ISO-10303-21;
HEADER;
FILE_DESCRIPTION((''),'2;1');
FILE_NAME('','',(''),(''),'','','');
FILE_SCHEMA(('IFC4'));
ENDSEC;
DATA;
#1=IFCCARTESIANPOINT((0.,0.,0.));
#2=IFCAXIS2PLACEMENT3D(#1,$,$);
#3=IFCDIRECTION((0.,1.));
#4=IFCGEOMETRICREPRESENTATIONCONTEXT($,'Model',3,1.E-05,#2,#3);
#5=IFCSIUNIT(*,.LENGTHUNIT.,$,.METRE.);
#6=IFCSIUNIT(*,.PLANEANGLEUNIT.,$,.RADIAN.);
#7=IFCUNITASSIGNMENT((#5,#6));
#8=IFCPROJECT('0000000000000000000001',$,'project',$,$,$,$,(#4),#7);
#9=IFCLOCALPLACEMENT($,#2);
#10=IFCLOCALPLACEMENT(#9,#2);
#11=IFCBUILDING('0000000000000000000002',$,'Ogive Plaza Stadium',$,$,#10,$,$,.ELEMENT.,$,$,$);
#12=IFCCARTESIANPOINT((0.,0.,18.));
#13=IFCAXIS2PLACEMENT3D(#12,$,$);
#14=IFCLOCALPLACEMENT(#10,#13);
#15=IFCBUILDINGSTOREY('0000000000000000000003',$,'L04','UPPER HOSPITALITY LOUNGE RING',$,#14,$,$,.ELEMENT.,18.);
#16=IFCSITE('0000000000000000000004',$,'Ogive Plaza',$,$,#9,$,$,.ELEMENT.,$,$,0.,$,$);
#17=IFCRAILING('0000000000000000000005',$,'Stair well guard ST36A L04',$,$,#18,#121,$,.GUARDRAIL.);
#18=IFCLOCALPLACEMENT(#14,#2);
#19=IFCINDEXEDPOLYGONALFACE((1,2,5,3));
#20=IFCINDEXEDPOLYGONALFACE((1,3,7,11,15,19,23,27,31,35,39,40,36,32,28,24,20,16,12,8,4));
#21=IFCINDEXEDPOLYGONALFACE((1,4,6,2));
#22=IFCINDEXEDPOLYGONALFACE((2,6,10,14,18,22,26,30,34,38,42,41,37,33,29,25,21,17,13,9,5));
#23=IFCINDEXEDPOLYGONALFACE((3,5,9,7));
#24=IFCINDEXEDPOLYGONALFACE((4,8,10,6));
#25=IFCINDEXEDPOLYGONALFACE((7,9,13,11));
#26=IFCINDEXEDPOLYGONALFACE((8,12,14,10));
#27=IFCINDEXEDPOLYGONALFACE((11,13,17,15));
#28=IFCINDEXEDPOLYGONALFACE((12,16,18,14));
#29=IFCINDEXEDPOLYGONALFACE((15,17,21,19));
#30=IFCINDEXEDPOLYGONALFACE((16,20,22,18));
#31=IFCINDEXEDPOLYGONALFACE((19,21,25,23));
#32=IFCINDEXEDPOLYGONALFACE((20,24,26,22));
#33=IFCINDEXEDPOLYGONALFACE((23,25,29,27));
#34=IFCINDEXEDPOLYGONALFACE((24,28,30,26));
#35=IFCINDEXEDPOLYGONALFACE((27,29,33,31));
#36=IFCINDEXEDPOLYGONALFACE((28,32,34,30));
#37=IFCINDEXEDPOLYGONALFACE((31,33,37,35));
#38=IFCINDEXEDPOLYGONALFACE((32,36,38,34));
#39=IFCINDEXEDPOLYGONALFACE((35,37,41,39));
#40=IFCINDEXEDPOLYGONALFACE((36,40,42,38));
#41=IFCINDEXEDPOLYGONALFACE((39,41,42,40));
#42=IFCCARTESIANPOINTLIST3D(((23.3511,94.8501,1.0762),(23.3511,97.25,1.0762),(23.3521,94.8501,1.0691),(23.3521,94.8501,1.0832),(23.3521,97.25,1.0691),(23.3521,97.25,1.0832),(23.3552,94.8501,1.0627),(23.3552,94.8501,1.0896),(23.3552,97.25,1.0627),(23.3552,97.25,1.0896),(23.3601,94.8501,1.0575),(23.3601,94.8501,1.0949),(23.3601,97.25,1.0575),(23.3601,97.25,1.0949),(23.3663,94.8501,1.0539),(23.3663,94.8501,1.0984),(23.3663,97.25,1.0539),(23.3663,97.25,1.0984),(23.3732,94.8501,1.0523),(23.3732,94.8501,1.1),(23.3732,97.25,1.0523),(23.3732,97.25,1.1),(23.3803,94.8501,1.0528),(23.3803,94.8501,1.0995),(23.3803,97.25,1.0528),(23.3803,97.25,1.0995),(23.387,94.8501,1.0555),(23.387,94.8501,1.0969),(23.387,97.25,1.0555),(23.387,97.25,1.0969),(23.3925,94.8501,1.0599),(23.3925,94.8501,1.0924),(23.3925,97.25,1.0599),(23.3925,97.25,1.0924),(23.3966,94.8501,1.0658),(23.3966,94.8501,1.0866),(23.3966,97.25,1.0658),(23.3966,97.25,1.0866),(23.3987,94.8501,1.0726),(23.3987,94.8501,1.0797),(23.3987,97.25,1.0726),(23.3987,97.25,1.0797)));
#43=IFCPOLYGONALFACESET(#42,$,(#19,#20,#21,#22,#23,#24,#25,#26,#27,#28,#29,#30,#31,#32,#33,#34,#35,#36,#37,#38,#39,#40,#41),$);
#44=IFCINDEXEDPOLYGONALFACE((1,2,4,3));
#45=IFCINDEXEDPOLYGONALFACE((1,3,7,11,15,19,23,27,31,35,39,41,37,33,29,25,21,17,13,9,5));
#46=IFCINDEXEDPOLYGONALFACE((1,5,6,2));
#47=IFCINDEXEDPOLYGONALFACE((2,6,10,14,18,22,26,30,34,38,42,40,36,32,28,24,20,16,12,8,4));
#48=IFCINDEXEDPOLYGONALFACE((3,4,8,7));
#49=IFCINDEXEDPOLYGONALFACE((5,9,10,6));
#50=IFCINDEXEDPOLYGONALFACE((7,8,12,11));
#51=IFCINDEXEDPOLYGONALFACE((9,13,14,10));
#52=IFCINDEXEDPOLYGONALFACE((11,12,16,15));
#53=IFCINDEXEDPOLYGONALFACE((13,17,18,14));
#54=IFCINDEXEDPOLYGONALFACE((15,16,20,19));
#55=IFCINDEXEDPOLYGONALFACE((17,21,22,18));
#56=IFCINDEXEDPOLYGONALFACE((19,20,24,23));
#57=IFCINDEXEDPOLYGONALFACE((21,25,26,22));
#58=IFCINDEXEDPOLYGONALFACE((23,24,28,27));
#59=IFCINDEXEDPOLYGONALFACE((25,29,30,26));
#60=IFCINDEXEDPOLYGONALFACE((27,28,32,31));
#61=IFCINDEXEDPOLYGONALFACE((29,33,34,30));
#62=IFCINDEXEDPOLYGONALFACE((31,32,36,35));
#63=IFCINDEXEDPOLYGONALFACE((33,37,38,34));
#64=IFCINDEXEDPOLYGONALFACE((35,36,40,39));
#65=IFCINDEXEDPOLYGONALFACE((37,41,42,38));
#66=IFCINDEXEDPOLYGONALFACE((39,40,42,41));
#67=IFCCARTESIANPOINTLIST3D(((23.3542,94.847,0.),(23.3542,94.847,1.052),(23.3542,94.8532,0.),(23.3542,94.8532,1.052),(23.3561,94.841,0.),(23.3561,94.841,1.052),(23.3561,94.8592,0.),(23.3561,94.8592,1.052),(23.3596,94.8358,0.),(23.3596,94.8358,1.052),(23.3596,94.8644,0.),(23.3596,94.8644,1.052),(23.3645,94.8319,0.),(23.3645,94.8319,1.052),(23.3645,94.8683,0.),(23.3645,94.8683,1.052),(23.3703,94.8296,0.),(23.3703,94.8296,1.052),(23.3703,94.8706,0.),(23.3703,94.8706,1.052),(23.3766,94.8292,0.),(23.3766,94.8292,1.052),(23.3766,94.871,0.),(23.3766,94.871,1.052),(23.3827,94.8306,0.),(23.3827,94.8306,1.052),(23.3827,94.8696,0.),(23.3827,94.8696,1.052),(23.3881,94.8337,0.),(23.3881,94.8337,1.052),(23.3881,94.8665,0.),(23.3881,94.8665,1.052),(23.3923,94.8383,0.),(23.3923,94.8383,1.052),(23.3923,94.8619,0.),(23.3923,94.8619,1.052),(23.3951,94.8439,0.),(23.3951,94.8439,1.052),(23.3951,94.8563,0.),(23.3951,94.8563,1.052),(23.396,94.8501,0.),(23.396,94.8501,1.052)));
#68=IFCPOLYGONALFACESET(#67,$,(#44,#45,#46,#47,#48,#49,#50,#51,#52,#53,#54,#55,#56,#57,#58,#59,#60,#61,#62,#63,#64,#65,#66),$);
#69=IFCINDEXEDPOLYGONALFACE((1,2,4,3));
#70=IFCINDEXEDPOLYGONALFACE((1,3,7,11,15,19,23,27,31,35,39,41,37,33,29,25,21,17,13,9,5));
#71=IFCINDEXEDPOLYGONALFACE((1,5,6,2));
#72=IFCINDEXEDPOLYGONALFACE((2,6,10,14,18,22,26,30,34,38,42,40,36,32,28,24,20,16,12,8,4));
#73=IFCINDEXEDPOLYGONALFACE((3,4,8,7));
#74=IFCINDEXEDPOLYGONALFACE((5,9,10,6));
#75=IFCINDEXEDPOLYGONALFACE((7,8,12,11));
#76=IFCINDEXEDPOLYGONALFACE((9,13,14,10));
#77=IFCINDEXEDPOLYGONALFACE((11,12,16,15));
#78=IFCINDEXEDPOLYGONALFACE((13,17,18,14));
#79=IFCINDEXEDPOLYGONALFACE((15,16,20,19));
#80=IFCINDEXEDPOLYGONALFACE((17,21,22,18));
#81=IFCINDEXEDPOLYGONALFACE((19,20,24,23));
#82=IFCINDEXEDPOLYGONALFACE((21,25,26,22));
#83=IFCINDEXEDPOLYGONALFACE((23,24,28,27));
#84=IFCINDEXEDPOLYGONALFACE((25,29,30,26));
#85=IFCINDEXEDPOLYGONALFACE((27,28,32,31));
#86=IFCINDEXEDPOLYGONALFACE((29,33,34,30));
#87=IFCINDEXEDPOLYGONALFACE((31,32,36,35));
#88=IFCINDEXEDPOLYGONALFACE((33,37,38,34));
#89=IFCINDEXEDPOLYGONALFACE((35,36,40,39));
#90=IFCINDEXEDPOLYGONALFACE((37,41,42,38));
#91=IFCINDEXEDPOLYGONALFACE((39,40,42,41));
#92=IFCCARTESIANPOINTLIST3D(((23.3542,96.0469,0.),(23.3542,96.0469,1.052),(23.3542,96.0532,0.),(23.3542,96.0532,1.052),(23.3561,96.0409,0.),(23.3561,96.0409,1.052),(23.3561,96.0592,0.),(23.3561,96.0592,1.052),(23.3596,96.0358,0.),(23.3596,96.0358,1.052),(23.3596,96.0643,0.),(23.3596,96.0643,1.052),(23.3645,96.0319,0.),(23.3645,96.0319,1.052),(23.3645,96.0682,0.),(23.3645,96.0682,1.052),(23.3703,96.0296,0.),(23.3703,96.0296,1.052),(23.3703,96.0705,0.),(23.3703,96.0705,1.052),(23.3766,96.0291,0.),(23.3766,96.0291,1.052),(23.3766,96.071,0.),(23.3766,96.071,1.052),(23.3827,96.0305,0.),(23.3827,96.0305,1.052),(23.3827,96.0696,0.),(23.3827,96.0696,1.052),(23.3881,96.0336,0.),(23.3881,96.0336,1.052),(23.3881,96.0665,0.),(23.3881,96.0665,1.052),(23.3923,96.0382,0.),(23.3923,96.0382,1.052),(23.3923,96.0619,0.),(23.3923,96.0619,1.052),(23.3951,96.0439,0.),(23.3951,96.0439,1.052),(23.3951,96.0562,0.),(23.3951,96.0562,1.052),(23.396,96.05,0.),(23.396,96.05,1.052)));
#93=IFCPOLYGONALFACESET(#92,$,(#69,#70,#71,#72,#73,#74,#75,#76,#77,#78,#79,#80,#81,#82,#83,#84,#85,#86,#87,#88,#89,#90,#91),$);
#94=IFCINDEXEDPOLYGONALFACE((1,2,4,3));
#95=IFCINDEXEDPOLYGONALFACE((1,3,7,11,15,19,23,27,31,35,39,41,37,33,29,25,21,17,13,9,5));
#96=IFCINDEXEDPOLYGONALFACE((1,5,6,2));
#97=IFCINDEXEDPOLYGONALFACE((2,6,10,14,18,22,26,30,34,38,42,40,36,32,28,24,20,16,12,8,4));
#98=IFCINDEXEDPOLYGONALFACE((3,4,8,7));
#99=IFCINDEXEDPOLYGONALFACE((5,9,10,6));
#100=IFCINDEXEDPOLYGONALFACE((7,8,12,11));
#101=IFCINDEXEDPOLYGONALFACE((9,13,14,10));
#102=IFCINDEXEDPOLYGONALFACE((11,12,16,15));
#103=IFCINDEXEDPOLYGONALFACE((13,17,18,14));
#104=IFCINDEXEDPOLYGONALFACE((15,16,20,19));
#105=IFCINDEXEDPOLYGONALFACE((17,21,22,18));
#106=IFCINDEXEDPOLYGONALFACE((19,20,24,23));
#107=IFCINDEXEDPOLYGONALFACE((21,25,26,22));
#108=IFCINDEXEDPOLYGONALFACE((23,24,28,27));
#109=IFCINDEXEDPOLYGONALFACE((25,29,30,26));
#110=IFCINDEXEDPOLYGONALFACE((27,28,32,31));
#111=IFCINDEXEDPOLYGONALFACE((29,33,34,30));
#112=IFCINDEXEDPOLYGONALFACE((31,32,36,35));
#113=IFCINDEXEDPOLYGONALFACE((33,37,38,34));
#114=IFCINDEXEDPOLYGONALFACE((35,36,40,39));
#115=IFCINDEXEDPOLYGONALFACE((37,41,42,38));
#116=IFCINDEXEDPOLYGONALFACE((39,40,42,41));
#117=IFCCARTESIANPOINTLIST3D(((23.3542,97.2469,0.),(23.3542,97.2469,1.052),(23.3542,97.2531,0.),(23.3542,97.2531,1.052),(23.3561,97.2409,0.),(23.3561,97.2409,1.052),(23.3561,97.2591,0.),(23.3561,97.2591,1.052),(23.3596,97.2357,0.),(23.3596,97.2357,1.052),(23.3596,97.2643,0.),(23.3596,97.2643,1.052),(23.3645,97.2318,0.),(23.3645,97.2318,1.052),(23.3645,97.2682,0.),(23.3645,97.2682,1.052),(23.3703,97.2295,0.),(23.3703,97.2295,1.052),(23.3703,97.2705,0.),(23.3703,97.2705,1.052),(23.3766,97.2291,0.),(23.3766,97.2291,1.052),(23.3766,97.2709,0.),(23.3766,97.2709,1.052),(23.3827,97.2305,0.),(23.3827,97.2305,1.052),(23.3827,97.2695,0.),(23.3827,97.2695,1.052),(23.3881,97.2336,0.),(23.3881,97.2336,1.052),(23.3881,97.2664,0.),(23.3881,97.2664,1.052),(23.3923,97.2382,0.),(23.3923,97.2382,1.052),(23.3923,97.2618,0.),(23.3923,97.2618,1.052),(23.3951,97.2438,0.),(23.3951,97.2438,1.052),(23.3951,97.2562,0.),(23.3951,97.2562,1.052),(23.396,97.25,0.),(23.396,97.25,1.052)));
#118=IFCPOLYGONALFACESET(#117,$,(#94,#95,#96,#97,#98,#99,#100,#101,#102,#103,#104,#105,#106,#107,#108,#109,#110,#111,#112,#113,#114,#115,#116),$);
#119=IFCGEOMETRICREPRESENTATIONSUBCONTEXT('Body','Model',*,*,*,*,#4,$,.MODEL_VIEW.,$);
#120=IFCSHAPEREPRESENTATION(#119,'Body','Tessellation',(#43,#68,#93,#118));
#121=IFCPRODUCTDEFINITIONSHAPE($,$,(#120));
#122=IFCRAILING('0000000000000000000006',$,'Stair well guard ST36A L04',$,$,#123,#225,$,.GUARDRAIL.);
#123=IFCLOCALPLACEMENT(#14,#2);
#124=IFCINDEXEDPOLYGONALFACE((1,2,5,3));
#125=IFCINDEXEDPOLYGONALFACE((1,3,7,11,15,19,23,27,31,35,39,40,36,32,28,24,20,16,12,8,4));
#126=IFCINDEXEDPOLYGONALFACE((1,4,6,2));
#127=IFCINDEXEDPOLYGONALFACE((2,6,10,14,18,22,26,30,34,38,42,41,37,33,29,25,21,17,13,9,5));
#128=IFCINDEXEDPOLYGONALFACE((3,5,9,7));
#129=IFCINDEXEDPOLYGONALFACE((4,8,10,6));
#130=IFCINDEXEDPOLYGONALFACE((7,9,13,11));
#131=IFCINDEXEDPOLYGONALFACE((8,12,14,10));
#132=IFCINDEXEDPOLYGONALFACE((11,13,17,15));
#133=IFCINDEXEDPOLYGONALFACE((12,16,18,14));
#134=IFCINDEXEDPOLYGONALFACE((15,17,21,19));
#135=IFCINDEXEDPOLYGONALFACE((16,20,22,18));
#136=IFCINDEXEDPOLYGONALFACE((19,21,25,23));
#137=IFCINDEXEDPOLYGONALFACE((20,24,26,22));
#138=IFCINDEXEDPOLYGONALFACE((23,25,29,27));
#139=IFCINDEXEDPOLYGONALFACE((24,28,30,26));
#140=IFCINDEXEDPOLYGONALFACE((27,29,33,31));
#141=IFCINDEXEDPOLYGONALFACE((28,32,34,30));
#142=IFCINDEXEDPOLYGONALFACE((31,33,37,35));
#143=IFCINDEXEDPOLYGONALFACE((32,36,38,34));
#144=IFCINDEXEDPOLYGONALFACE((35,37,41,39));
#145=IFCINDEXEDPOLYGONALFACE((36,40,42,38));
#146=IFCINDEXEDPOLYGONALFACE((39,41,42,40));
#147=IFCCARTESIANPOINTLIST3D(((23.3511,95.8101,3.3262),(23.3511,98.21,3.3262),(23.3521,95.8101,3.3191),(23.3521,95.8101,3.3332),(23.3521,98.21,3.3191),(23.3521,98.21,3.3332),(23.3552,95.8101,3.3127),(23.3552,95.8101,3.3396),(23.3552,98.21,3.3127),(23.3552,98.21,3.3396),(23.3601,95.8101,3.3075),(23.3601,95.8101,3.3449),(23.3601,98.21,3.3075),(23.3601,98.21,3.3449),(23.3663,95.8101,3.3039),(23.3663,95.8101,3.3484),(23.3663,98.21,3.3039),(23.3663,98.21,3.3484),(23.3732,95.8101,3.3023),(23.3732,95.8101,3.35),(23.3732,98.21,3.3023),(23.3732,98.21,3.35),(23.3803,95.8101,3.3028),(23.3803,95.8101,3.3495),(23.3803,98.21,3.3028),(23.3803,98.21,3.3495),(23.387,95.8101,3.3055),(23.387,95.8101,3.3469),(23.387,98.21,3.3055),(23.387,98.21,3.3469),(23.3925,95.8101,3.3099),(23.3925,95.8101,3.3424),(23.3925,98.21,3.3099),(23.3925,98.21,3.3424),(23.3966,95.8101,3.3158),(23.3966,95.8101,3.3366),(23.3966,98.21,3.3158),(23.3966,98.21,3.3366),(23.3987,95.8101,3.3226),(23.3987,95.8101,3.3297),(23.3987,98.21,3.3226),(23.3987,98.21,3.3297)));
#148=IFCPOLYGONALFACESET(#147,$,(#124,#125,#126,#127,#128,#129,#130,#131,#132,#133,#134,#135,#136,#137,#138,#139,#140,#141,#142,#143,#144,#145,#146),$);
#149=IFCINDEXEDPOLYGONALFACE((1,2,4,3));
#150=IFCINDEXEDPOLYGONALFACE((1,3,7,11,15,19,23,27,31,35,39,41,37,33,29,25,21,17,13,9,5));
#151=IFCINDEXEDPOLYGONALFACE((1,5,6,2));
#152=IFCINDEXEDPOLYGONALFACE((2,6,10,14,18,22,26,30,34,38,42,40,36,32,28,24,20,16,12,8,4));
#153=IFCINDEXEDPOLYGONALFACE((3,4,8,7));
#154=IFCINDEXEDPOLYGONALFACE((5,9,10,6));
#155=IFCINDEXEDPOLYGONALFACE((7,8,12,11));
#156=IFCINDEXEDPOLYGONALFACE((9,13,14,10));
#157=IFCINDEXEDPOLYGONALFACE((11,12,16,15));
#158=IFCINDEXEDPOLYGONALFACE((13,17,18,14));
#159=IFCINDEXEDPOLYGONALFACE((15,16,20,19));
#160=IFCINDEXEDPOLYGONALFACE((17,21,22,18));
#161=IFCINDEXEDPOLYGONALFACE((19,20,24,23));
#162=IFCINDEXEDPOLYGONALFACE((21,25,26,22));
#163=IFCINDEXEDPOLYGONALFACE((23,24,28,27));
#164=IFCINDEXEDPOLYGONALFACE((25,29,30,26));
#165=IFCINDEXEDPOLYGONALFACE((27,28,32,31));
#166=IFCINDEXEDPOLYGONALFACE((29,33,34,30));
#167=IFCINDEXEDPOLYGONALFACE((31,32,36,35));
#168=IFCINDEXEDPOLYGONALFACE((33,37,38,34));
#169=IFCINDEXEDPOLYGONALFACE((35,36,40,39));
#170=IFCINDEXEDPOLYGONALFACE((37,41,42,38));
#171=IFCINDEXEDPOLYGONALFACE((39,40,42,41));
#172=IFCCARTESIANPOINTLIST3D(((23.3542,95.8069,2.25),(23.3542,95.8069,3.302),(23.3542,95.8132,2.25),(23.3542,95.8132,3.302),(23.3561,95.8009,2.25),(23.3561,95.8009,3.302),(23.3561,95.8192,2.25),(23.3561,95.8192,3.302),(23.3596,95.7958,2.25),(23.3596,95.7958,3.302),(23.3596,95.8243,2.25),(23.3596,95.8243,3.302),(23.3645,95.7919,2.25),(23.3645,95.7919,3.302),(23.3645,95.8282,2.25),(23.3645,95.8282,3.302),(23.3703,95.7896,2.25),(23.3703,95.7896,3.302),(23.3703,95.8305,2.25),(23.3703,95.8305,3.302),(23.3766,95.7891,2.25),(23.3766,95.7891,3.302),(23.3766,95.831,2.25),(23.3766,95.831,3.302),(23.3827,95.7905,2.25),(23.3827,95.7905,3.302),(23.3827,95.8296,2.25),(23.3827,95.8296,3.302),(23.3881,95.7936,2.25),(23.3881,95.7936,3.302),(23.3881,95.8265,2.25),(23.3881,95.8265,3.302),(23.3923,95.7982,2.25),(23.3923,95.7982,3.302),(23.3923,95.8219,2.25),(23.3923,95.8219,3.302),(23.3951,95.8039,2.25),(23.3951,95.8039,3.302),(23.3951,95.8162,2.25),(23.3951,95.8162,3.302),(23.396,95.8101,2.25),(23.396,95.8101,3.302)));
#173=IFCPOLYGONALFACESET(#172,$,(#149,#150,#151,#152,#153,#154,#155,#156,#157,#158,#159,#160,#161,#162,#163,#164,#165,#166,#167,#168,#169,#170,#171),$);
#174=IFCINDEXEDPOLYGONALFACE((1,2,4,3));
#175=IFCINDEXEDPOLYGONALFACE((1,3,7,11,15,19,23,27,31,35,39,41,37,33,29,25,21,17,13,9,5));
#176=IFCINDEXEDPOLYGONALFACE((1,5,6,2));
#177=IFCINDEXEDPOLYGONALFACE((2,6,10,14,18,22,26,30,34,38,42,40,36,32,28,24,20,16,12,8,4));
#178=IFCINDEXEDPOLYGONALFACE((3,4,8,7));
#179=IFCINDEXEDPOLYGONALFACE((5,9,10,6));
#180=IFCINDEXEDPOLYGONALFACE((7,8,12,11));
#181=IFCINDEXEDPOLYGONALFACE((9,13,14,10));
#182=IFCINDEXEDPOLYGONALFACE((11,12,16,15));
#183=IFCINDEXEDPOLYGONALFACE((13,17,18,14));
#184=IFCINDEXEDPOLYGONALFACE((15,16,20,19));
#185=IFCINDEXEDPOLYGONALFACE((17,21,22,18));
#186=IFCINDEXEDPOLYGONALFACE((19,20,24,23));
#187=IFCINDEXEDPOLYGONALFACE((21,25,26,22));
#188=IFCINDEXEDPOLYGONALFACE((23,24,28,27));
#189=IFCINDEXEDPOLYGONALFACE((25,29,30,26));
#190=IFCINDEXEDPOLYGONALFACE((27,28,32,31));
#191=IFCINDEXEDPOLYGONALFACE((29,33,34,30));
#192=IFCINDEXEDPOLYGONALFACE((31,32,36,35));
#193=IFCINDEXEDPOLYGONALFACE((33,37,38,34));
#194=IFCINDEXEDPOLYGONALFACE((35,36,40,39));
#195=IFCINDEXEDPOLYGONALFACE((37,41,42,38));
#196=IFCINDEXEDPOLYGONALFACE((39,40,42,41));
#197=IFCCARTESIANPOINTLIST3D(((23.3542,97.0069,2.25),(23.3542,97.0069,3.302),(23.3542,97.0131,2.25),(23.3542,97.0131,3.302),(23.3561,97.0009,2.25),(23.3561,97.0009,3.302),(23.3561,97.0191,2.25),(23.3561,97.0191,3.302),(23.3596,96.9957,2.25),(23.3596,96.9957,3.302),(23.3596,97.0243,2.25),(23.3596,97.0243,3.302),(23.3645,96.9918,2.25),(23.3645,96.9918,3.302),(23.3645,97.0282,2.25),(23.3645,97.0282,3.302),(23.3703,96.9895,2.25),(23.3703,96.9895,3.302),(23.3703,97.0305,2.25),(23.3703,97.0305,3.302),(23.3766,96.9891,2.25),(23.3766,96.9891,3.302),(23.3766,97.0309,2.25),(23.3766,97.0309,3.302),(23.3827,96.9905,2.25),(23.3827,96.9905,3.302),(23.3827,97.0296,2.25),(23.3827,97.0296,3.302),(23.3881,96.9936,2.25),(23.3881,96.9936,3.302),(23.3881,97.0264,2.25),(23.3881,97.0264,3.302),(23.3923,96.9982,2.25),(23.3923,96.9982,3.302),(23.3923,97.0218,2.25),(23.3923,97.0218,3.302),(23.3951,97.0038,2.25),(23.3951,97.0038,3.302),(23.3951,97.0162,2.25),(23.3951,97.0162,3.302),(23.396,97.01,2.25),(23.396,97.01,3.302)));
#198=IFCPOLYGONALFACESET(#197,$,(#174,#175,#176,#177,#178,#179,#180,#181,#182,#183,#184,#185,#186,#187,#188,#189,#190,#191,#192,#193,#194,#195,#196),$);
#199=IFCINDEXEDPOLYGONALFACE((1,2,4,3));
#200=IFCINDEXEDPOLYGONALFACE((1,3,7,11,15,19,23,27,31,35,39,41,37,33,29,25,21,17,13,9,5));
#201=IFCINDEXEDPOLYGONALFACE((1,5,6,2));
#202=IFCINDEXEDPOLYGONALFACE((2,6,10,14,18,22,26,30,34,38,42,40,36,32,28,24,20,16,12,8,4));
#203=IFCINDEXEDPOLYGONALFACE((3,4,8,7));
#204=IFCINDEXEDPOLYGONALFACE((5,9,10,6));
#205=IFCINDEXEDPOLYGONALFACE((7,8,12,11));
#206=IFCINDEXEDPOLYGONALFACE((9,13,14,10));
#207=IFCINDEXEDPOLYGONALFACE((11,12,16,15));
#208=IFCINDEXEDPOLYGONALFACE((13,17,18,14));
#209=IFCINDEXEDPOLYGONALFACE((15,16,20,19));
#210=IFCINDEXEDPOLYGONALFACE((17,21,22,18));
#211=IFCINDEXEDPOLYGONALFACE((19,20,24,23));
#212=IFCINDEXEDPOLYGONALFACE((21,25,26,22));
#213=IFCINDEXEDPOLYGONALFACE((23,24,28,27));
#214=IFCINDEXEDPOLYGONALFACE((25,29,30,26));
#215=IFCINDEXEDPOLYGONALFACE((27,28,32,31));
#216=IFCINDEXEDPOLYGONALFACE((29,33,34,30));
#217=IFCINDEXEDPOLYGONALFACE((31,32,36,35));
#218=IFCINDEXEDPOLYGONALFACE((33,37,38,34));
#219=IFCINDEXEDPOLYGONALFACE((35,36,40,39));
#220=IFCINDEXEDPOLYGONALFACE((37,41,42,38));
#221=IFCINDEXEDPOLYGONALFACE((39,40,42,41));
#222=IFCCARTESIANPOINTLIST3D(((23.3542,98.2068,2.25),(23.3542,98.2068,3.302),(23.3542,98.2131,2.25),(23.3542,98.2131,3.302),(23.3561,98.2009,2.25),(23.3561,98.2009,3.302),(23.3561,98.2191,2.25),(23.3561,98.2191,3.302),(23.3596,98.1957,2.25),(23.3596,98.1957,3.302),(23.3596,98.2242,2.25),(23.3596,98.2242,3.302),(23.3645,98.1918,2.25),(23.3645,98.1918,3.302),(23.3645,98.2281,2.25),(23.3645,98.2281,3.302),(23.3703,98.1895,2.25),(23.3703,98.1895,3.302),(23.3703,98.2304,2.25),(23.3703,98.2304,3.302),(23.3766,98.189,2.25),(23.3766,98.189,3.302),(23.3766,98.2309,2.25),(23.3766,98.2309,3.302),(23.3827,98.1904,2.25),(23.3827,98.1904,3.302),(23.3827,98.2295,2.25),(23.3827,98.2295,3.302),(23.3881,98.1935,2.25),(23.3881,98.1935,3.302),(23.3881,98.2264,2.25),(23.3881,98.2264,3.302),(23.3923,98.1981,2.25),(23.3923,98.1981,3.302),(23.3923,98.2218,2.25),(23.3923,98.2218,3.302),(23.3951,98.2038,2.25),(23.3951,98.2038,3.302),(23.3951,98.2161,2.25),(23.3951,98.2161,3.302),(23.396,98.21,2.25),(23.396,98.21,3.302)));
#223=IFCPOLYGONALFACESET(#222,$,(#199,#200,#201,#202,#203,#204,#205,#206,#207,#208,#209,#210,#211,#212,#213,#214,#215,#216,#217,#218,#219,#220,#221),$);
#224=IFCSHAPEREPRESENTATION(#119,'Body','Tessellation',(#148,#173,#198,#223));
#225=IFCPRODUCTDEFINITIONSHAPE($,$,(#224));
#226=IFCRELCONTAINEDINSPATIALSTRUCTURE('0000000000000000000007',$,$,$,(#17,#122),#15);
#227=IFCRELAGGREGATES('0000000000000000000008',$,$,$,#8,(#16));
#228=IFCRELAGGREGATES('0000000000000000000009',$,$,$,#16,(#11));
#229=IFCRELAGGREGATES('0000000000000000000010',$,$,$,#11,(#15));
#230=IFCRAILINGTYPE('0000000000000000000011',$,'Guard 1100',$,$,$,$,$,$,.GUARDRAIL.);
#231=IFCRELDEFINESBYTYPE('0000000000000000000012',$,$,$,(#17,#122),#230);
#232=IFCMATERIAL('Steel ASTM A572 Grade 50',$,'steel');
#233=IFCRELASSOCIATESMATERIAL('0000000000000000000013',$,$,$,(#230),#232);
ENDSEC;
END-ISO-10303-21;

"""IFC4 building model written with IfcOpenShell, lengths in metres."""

from ifc_helpers import new_model, si_unit, direction, frame, origin, origin_2d, place, context, subcontext, project, spatial, circle, extrude, material, type_object, element, save


model = new_model("IFC4")

# Units and contexts
model_context = context("Model", 3, precision=1e-05, world=origin(), true_north=direction((0.0, 1.0)))
body_context = subcontext(model_context, "Body", "Model", "MODEL_VIEW")
ifc_project = project(units=[si_unit("LENGTHUNIT", "METRE"), si_unit("PLANEANGLEUNIT", "RADIAN")], contexts=[model_context])

# Site, building, storey
site_placement = place(None, origin())
site = spatial("IfcSite", under=ifc_project, at=site_placement, Name="Ogive Plaza", CompositionType="ELEMENT", RefElevation=0.0)
building_placement = place(site_placement, origin())
building = spatial("IfcBuilding", under=site, at=building_placement, Name="Ogive Plaza Stadium", CompositionType="ELEMENT")
storey_placement = place(building_placement, frame((0.0, 0.0, 18.0)))
storey = spatial("IfcBuildingStorey", under=building, at=storey_placement, Name="L04", Description="UPPER HOSPITALITY LOUNGE RING", CompositionType="ELEMENT", Elevation=18.0)

# Railings
ifc_material_1 = material(Name="Steel ASTM A572 Grade 50", Category="steel")
railing_type_1 = type_object("IfcRailingType", Name="Guard 1100", PredefinedType="GUARDRAIL", material=ifc_material_1)
for number, where, name in (
    (1, (23.375, 94.8501, 0.0), "Stair well guard ST36A L04"),
    (2, (23.375, 95.8101, 2.25), "Stair well guard ST36A L04"),
):
    element("IfcRailing", number, at=place(storey_placement, frame(where)), inside=storey, type_object=railing_type_1, Name=name, PredefinedType="GUARDRAIL", context=body_context, shape_type="SweptSolid", body=[
        extrude(circle(Radius=0.0239, at=origin_2d()), frame((0.0, 0.0, 1.0762), z_axis=(0.0, 1.0, 0.0), x_axis=(-1.0, 0.0, 0.0)), (0.0, 0.0, 1.0), 2.3999),
        extrude(circle(Radius=0.021, at=origin_2d()), origin(), (0.0, 0.0, 1.0), 1.052),
        extrude(circle(Radius=0.021, at=origin_2d()), frame((0.0, 1.2, 0.0)), (0.0, 0.0, 1.0), 1.052),
        extrude(circle(Radius=0.021, at=origin_2d()), frame((0.0, 2.3999, 0.0)), (0.0, 0.0, 1.0), 1.052),
    ])

save(model, "model.ifc")
